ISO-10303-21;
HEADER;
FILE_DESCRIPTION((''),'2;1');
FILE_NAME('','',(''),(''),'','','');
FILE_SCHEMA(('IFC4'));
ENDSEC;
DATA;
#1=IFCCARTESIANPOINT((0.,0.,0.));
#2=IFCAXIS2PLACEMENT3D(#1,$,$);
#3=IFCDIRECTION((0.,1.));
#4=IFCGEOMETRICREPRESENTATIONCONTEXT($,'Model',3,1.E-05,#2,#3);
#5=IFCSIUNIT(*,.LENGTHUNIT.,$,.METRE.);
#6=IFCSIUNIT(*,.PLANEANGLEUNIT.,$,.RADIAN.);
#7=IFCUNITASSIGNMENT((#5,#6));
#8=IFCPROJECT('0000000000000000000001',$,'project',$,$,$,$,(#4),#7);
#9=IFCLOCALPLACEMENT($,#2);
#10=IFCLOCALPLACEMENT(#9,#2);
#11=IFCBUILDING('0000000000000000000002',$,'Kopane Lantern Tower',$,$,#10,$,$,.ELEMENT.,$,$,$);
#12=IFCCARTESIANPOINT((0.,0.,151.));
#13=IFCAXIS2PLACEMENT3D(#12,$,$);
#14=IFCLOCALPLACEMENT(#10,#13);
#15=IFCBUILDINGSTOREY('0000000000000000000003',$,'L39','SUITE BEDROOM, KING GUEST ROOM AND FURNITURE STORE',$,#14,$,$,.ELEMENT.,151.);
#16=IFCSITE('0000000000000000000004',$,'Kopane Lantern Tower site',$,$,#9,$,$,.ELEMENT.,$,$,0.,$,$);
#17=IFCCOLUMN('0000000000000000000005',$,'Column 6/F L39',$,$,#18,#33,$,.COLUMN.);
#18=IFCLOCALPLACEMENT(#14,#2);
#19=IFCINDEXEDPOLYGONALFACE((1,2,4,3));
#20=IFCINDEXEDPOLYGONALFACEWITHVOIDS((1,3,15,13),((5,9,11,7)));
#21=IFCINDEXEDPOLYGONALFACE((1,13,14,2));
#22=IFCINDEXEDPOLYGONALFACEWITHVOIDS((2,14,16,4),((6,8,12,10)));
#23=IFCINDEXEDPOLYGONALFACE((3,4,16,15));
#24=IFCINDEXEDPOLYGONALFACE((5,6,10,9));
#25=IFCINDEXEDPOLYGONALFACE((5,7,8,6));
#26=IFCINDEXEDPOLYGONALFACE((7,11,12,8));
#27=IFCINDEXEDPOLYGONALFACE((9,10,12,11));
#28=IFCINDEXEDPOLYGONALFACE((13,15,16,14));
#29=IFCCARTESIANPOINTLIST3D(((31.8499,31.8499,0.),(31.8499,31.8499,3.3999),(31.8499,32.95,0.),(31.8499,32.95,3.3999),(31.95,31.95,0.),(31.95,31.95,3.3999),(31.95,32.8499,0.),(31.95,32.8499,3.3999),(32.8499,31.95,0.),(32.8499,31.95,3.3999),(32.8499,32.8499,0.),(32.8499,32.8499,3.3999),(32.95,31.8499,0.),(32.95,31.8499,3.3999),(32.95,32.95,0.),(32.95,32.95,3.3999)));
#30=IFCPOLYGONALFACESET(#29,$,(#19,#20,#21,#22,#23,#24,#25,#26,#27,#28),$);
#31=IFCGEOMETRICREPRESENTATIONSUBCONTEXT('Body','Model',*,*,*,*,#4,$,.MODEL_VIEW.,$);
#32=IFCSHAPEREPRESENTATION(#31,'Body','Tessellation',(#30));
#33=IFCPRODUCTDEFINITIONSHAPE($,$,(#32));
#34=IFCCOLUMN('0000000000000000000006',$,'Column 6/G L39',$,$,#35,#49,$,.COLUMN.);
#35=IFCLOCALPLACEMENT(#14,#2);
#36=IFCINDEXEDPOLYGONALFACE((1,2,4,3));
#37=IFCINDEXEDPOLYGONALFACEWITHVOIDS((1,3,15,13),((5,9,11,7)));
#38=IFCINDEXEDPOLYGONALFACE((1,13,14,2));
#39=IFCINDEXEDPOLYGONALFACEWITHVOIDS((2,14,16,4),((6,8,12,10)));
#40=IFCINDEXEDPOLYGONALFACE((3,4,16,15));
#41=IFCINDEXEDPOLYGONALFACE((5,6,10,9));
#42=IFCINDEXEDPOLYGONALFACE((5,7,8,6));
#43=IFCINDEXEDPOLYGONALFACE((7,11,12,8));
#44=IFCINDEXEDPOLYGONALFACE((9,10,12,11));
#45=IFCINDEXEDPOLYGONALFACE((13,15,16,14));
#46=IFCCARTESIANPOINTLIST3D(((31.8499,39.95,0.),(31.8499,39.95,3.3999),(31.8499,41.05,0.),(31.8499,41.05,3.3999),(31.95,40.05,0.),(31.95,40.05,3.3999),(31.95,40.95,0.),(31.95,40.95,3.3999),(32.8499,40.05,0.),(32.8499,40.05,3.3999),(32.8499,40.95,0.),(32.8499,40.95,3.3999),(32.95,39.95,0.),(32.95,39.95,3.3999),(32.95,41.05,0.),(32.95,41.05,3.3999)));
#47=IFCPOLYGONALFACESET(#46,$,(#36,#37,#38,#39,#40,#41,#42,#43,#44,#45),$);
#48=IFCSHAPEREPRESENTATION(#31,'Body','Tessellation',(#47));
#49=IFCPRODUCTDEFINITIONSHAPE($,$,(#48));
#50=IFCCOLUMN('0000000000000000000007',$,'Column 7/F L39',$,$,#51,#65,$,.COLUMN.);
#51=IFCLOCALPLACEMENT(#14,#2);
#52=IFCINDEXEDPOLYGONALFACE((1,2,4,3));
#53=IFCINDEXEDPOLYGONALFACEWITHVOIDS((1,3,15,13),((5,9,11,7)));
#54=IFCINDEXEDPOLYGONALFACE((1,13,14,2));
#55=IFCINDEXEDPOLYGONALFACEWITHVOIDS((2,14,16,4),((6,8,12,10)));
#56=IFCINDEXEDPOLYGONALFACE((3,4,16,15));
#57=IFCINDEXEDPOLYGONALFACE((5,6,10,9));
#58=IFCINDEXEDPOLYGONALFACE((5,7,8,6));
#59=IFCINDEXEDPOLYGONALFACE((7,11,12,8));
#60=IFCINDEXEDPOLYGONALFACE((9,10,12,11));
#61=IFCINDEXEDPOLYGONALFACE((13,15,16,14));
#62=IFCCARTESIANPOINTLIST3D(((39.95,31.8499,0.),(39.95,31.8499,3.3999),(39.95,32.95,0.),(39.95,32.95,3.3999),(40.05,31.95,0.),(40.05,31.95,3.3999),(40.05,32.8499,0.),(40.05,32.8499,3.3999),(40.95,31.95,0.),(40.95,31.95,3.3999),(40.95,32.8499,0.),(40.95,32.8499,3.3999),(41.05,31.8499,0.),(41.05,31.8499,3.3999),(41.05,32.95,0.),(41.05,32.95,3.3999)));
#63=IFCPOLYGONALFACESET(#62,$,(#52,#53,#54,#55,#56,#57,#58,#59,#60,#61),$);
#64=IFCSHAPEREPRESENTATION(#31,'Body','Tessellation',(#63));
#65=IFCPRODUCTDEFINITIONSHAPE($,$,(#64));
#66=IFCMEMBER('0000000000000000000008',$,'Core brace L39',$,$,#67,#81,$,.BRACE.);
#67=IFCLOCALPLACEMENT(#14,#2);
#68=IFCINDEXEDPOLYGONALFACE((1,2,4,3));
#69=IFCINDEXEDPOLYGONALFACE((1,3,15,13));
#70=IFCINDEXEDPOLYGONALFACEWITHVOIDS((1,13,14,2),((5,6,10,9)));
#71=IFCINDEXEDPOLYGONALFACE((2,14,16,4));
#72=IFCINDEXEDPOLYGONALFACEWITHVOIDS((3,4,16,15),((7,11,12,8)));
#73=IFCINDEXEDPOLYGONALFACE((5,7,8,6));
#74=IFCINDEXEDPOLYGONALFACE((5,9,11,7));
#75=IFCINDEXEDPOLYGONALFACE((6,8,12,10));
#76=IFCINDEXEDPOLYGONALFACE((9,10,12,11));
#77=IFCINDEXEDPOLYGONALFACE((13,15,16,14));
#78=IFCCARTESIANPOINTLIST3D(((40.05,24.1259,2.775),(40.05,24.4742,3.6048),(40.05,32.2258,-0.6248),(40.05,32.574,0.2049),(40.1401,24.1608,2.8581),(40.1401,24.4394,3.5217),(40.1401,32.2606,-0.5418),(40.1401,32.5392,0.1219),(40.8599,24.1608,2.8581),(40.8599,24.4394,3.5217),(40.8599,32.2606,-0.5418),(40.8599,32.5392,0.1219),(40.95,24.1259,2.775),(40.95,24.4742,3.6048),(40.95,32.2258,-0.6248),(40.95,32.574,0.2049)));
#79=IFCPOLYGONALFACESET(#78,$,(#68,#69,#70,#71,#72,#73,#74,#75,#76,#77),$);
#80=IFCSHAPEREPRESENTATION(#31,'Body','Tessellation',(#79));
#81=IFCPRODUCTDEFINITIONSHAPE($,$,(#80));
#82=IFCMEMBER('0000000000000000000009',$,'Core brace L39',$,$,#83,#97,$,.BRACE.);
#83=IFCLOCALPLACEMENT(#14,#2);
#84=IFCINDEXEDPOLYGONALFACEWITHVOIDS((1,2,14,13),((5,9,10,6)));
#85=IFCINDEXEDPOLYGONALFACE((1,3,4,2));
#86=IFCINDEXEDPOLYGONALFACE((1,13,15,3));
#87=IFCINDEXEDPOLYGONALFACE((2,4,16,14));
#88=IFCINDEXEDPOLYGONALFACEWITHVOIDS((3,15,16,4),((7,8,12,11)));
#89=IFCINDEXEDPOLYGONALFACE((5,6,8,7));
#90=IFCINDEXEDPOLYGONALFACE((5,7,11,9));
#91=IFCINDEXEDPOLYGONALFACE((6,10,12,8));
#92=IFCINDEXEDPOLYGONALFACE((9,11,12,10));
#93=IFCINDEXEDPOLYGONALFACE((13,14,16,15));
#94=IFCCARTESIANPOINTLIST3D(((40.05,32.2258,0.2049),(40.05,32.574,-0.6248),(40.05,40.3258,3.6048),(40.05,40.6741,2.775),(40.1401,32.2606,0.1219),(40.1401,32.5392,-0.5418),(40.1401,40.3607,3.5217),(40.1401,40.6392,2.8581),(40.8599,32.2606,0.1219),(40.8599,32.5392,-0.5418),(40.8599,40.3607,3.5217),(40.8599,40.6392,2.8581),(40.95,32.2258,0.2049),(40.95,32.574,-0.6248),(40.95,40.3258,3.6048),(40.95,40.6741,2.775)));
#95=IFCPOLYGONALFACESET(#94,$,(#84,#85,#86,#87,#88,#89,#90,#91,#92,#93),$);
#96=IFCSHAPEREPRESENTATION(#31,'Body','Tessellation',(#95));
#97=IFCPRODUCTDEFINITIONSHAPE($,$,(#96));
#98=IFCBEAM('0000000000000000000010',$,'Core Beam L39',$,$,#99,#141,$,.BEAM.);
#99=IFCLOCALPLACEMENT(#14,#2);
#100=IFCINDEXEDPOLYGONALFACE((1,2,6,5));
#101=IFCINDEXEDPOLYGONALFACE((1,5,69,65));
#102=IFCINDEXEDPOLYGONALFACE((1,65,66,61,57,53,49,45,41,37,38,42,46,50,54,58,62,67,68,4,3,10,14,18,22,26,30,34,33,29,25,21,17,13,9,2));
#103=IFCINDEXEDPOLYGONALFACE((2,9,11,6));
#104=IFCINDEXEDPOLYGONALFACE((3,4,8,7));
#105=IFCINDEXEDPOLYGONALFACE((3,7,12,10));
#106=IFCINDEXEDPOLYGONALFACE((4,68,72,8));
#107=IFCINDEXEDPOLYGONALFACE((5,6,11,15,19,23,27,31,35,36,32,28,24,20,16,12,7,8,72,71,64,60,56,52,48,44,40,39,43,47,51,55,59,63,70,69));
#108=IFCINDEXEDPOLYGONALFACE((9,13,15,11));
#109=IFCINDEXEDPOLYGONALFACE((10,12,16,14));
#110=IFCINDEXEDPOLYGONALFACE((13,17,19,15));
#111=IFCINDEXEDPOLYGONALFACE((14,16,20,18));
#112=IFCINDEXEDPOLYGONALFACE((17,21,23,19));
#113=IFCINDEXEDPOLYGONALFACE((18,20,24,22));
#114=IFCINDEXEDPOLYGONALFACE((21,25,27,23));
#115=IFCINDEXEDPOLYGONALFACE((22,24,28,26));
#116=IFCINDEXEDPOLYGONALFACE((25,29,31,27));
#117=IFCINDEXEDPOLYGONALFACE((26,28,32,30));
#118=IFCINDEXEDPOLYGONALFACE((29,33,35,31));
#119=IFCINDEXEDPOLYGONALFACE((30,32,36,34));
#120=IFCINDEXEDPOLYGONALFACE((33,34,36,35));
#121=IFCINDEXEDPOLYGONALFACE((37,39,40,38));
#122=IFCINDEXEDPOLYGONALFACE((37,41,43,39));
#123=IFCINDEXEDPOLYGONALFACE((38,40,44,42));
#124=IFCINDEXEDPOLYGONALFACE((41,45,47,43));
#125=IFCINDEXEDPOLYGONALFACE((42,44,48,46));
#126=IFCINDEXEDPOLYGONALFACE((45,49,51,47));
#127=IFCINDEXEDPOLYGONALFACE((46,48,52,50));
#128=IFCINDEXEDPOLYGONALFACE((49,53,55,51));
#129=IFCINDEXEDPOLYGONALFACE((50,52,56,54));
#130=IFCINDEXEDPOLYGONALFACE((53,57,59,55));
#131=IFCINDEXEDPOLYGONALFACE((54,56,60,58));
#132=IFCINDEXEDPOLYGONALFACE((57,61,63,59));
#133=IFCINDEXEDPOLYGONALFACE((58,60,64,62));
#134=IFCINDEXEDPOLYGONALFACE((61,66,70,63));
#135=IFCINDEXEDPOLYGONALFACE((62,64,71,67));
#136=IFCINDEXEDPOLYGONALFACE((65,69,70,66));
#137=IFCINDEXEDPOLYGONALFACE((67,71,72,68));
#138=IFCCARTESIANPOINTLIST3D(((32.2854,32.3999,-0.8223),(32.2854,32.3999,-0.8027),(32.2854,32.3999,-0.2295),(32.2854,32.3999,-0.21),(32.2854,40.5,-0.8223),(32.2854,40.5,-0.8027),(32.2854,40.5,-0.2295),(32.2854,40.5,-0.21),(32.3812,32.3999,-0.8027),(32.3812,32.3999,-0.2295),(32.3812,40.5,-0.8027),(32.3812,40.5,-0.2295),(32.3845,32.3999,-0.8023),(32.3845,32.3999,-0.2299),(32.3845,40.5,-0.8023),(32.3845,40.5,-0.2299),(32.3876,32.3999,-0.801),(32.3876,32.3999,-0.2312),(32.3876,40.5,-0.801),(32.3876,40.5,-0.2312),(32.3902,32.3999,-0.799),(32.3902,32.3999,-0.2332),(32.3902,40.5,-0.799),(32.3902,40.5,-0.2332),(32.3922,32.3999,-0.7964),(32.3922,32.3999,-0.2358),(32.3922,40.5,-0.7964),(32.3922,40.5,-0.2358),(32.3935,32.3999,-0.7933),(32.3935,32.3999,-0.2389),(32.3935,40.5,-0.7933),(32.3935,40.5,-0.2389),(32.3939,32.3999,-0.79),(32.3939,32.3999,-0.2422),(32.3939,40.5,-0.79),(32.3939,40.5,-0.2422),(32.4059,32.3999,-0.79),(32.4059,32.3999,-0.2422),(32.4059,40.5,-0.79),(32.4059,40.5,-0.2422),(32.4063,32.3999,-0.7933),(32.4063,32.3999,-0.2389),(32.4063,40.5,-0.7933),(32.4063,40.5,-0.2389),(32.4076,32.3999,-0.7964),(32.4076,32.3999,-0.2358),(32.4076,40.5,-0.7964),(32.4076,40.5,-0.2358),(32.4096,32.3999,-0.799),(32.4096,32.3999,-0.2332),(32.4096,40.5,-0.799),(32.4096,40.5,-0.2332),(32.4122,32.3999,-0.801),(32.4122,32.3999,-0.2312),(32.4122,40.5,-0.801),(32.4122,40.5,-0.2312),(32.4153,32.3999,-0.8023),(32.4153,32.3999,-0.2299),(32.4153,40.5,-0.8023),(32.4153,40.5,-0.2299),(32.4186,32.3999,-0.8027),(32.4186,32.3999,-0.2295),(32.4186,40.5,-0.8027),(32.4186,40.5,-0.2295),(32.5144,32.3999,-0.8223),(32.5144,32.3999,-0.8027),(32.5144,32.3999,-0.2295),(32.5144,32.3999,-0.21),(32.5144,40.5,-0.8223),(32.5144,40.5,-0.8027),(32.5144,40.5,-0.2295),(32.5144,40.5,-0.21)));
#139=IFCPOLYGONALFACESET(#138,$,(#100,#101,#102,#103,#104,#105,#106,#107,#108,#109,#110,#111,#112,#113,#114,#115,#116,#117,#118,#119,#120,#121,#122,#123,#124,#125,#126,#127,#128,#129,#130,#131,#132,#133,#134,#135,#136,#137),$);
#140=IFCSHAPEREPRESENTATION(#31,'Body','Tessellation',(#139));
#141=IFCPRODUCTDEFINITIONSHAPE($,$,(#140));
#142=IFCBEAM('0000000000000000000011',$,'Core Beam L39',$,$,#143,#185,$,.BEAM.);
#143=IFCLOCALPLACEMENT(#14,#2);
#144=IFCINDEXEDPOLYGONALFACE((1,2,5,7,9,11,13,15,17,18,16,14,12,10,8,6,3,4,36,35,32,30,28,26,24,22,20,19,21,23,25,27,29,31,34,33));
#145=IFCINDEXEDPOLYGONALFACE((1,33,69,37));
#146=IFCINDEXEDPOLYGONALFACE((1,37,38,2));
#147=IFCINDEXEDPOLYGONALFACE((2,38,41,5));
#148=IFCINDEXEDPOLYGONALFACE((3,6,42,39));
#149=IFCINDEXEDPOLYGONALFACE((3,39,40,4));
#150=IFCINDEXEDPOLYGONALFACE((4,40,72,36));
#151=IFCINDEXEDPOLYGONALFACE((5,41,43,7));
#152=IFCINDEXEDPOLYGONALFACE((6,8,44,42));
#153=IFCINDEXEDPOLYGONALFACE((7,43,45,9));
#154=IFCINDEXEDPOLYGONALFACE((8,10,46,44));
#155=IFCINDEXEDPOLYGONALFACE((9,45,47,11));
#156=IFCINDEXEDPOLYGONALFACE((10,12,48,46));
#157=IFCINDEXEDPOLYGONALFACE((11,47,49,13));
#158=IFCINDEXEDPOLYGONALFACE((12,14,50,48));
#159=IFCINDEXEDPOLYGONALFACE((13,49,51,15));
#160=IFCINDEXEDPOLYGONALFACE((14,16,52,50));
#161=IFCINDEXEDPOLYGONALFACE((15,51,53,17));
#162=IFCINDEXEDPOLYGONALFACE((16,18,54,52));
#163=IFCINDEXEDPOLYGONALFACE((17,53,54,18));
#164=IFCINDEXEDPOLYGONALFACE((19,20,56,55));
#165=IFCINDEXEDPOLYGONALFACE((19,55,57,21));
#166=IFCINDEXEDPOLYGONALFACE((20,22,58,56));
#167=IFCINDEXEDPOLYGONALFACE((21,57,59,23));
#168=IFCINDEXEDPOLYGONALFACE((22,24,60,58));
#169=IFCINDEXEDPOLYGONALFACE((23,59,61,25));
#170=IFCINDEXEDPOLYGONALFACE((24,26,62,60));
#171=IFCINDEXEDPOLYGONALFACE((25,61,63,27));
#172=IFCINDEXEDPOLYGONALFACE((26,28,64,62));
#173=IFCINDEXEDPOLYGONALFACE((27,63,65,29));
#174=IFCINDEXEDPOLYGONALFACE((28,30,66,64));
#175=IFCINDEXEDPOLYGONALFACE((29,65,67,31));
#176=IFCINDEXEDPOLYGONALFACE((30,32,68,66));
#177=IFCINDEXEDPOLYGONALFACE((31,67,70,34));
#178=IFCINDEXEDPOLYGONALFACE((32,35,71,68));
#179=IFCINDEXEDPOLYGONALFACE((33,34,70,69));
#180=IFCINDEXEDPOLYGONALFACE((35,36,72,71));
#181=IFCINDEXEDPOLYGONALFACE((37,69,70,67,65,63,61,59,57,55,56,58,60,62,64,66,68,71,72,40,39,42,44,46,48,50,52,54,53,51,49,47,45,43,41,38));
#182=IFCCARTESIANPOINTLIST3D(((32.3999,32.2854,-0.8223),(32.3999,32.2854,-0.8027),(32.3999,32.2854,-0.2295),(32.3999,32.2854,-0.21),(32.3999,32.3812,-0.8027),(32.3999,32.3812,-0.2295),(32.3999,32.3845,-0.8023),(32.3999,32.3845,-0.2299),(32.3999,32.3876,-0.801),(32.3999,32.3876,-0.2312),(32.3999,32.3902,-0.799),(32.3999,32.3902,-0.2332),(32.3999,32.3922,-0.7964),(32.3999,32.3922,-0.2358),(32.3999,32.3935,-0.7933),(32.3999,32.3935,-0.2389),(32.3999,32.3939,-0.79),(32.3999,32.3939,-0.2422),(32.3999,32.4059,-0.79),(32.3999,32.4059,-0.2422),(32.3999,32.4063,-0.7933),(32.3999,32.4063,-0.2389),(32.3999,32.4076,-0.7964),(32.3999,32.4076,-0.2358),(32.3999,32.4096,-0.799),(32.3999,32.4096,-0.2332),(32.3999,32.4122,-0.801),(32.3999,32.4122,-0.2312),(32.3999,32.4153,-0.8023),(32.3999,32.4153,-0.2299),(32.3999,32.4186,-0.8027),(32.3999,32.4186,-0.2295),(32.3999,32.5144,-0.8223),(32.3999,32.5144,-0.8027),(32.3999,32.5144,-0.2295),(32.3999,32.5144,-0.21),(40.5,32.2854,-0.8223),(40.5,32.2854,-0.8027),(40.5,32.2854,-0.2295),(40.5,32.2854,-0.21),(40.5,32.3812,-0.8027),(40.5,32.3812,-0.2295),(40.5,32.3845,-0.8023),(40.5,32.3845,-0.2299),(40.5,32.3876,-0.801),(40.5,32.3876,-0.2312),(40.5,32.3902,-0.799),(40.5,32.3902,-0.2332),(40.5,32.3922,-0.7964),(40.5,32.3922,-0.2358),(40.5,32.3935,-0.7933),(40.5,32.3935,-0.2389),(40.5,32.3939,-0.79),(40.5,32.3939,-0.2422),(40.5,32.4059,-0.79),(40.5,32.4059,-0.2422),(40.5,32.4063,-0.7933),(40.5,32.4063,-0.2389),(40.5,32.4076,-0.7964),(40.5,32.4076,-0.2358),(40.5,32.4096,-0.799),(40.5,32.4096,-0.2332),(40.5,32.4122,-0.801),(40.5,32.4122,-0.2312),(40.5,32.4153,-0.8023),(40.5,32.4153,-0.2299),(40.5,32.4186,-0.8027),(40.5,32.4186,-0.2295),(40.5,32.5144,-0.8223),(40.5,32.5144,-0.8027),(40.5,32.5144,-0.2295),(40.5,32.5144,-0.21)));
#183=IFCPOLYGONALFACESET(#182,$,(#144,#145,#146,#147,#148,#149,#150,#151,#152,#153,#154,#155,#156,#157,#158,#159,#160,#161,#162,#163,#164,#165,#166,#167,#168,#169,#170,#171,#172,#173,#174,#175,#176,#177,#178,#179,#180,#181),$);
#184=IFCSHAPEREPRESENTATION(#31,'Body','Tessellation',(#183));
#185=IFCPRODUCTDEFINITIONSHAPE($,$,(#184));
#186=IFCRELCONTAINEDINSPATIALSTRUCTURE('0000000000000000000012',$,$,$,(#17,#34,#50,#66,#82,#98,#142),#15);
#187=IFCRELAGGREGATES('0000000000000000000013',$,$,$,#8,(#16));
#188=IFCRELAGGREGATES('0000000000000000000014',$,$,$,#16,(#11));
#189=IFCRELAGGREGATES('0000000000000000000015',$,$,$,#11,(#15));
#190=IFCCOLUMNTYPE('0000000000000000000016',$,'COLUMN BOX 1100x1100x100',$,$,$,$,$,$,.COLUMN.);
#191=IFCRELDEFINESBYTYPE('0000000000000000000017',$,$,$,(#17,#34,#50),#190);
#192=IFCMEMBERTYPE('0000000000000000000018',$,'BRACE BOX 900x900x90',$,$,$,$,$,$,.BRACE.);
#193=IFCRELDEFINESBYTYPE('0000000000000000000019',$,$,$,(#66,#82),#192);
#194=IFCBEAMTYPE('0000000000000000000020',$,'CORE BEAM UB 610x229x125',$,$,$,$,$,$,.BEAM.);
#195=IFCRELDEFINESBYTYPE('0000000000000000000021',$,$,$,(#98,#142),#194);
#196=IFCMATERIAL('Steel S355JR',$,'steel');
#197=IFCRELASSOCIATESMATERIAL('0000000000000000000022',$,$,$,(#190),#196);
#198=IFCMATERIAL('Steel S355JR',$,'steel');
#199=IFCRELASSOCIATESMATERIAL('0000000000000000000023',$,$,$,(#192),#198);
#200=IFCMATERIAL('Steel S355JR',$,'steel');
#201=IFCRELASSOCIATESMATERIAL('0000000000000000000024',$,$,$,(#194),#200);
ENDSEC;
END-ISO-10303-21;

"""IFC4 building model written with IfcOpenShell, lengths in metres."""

from ifc_helpers import new_model, si_unit, direction, frame, origin, origin_2d, place, context, subcontext, project, spatial, hollow_rectangle, i_section, extrude, material, material_profile, profile_set, type_object, element, save


model = new_model("IFC4")

# Units and contexts
model_context = context("Model", 3, precision=1e-05, world=origin(), true_north=direction((0.0, 1.0)))
body_context = subcontext(model_context, "Body", "Model", "MODEL_VIEW")
ifc_project = project(units=[si_unit("LENGTHUNIT", "METRE"), si_unit("PLANEANGLEUNIT", "RADIAN")], contexts=[model_context])

# Site, building, storey
site_placement = place(None, origin())
site = spatial("IfcSite", under=ifc_project, at=site_placement, Name="Kopane Lantern Tower site", CompositionType="ELEMENT", RefElevation=0.0)
building_placement = place(site_placement, origin())
building = spatial("IfcBuilding", under=site, at=building_placement, Name="Kopane Lantern Tower", CompositionType="ELEMENT")
storey_placement = place(building_placement, frame((0.0, 0.0, 151.0)))
storey = spatial("IfcBuildingStorey", under=building, at=storey_placement, Name="L39", Description="SUITE BEDROOM, KING GUEST ROOM AND FURNITURE STORE", CompositionType="ELEMENT", Elevation=151.0)

# Columns
ifc_material_1 = material(Name="Steel S355JR", Category="steel")
ifc_material_profile_1 = material_profile(ifc_material_1, hollow_rectangle(XDim=1.1001, YDim=1.1001, WallThickness=0.1001, at=origin_2d()), Name="BOX 1100x1100x100")
ifc_profile_set_1 = profile_set([ifc_material_profile_1], Name="Steel S355JR")
column_type = type_object("IfcColumnType", Name="COLUMN BOX 1100x1100x100", PredefinedType="COLUMN", material=ifc_profile_set_1)
for number, where, z_axis, x_axis, name in (
    (1, (32.3999, 32.3999, 0.0), (0.0, 0.0, 1.0), (1.0, 0.0, 0.0), "Column 6/F L39"),
    (2, (32.3999, 40.5, 0.0), (0.0, 0.0, 1.0), (1.0, 0.0, 0.0), "Column 6/G L39"),
    (3, (40.5, 32.3999, 0.0), (0.0, 0.0, 1.0), (1.0, 0.0, 0.0), "Column 7/F L39"),
):
    element("IfcColumn", number, at=place(storey_placement, frame(where, z_axis=z_axis, x_axis=x_axis)), inside=storey, type_object=column_type, Name=name, PredefinedType="COLUMN", context=body_context, shape_type="SweptSolid", body=[
        extrude(hollow_rectangle(XDim=1.1001, YDim=1.1001, WallThickness=0.1001, at=origin_2d()), origin(), (0.0, 0.0, 1.0), 3.3999),
    ])

# Members
ifc_material_2 = material(Name="Steel S355JR", Category="steel")
ifc_material_profile_2 = material_profile(ifc_material_2, hollow_rectangle(XDim=0.8999, YDim=0.8999, WallThickness=0.0901, at=origin_2d()), Name="BOX 900x900x90")
ifc_profile_set_2 = profile_set([ifc_material_profile_2], Name="Steel S355JR")
member_type = type_object("IfcMemberType", Name="BRACE BOX 900x900x90", PredefinedType="BRACE", material=ifc_profile_set_2)
member_1_placement = place(storey_placement, frame((40.5, 32.3999, -0.21), z_axis=(0.0, -0.922065, 0.387035), x_axis=(1.0, 0.0, 0.0)))
element("IfcMember", 4, at=member_1_placement, inside=storey, type_object=member_type, Name="Core brace L39", PredefinedType="BRACE", context=body_context, shape_type="SweptSolid", body=[
    extrude(hollow_rectangle(XDim=0.8999, YDim=0.8999, WallThickness=0.0901, at=origin_2d()), origin(), (0.0, 0.0, 1.0), 8.7844),
])
member_2_placement = place(storey_placement, frame((40.5, 32.3999, -0.21), z_axis=(0.0, 0.922069, 0.387026), x_axis=(-1.0, 0.0, 0.0)))
element("IfcMember", 5, at=member_2_placement, inside=storey, type_object=member_type, Name="Core brace L39", PredefinedType="BRACE", context=body_context, shape_type="SweptSolid", body=[
    extrude(hollow_rectangle(XDim=0.8999, YDim=0.8999, WallThickness=0.0901, at=origin_2d()), origin(), (0.0, 0.0, 1.0), 8.7847),
])

# Beams
ifc_material_3 = material(Name="Steel S355JR", Category="steel")
ifc_material_profile_3 = material_profile(ifc_material_3, i_section(OverallWidth=0.229, OverallDepth=0.6123, WebThickness=0.012, FlangeThickness=0.0195, FilletRadius=0.0127, at=origin_2d()), Name="UB 610x229x125")
ifc_profile_set_3 = profile_set([ifc_material_profile_3], Name="Steel S355JR")
beam_type_1 = type_object("IfcBeamType", Name="CORE BEAM UB 610x229x125", PredefinedType="BEAM", material=ifc_profile_set_3)
for number, where, z_axis, x_axis, name in (
    (6, (32.3999, 32.3999, -0.5161), (0.0, 1.0, 0.0), (-1.0, 0.0, 0.0), "Core Beam L39"),
    (7, (32.3999, 32.3999, -0.5161), (1.0, 0.0, 0.0), (0.0, 1.0, 0.0), "Core Beam L39"),
):
    element("IfcBeam", number, at=place(storey_placement, frame(where, z_axis=z_axis, x_axis=x_axis)), inside=storey, type_object=beam_type_1, Name=name, PredefinedType="BEAM", context=body_context, shape_type="SweptSolid", body=[
        extrude(i_section(OverallWidth=0.229, OverallDepth=0.6123, WebThickness=0.012, FlangeThickness=0.0195, FilletRadius=0.0127, at=origin_2d()), origin(), (0.0, 0.0, 1.0), 8.1001),
    ])

save(model, "model.ifc")
